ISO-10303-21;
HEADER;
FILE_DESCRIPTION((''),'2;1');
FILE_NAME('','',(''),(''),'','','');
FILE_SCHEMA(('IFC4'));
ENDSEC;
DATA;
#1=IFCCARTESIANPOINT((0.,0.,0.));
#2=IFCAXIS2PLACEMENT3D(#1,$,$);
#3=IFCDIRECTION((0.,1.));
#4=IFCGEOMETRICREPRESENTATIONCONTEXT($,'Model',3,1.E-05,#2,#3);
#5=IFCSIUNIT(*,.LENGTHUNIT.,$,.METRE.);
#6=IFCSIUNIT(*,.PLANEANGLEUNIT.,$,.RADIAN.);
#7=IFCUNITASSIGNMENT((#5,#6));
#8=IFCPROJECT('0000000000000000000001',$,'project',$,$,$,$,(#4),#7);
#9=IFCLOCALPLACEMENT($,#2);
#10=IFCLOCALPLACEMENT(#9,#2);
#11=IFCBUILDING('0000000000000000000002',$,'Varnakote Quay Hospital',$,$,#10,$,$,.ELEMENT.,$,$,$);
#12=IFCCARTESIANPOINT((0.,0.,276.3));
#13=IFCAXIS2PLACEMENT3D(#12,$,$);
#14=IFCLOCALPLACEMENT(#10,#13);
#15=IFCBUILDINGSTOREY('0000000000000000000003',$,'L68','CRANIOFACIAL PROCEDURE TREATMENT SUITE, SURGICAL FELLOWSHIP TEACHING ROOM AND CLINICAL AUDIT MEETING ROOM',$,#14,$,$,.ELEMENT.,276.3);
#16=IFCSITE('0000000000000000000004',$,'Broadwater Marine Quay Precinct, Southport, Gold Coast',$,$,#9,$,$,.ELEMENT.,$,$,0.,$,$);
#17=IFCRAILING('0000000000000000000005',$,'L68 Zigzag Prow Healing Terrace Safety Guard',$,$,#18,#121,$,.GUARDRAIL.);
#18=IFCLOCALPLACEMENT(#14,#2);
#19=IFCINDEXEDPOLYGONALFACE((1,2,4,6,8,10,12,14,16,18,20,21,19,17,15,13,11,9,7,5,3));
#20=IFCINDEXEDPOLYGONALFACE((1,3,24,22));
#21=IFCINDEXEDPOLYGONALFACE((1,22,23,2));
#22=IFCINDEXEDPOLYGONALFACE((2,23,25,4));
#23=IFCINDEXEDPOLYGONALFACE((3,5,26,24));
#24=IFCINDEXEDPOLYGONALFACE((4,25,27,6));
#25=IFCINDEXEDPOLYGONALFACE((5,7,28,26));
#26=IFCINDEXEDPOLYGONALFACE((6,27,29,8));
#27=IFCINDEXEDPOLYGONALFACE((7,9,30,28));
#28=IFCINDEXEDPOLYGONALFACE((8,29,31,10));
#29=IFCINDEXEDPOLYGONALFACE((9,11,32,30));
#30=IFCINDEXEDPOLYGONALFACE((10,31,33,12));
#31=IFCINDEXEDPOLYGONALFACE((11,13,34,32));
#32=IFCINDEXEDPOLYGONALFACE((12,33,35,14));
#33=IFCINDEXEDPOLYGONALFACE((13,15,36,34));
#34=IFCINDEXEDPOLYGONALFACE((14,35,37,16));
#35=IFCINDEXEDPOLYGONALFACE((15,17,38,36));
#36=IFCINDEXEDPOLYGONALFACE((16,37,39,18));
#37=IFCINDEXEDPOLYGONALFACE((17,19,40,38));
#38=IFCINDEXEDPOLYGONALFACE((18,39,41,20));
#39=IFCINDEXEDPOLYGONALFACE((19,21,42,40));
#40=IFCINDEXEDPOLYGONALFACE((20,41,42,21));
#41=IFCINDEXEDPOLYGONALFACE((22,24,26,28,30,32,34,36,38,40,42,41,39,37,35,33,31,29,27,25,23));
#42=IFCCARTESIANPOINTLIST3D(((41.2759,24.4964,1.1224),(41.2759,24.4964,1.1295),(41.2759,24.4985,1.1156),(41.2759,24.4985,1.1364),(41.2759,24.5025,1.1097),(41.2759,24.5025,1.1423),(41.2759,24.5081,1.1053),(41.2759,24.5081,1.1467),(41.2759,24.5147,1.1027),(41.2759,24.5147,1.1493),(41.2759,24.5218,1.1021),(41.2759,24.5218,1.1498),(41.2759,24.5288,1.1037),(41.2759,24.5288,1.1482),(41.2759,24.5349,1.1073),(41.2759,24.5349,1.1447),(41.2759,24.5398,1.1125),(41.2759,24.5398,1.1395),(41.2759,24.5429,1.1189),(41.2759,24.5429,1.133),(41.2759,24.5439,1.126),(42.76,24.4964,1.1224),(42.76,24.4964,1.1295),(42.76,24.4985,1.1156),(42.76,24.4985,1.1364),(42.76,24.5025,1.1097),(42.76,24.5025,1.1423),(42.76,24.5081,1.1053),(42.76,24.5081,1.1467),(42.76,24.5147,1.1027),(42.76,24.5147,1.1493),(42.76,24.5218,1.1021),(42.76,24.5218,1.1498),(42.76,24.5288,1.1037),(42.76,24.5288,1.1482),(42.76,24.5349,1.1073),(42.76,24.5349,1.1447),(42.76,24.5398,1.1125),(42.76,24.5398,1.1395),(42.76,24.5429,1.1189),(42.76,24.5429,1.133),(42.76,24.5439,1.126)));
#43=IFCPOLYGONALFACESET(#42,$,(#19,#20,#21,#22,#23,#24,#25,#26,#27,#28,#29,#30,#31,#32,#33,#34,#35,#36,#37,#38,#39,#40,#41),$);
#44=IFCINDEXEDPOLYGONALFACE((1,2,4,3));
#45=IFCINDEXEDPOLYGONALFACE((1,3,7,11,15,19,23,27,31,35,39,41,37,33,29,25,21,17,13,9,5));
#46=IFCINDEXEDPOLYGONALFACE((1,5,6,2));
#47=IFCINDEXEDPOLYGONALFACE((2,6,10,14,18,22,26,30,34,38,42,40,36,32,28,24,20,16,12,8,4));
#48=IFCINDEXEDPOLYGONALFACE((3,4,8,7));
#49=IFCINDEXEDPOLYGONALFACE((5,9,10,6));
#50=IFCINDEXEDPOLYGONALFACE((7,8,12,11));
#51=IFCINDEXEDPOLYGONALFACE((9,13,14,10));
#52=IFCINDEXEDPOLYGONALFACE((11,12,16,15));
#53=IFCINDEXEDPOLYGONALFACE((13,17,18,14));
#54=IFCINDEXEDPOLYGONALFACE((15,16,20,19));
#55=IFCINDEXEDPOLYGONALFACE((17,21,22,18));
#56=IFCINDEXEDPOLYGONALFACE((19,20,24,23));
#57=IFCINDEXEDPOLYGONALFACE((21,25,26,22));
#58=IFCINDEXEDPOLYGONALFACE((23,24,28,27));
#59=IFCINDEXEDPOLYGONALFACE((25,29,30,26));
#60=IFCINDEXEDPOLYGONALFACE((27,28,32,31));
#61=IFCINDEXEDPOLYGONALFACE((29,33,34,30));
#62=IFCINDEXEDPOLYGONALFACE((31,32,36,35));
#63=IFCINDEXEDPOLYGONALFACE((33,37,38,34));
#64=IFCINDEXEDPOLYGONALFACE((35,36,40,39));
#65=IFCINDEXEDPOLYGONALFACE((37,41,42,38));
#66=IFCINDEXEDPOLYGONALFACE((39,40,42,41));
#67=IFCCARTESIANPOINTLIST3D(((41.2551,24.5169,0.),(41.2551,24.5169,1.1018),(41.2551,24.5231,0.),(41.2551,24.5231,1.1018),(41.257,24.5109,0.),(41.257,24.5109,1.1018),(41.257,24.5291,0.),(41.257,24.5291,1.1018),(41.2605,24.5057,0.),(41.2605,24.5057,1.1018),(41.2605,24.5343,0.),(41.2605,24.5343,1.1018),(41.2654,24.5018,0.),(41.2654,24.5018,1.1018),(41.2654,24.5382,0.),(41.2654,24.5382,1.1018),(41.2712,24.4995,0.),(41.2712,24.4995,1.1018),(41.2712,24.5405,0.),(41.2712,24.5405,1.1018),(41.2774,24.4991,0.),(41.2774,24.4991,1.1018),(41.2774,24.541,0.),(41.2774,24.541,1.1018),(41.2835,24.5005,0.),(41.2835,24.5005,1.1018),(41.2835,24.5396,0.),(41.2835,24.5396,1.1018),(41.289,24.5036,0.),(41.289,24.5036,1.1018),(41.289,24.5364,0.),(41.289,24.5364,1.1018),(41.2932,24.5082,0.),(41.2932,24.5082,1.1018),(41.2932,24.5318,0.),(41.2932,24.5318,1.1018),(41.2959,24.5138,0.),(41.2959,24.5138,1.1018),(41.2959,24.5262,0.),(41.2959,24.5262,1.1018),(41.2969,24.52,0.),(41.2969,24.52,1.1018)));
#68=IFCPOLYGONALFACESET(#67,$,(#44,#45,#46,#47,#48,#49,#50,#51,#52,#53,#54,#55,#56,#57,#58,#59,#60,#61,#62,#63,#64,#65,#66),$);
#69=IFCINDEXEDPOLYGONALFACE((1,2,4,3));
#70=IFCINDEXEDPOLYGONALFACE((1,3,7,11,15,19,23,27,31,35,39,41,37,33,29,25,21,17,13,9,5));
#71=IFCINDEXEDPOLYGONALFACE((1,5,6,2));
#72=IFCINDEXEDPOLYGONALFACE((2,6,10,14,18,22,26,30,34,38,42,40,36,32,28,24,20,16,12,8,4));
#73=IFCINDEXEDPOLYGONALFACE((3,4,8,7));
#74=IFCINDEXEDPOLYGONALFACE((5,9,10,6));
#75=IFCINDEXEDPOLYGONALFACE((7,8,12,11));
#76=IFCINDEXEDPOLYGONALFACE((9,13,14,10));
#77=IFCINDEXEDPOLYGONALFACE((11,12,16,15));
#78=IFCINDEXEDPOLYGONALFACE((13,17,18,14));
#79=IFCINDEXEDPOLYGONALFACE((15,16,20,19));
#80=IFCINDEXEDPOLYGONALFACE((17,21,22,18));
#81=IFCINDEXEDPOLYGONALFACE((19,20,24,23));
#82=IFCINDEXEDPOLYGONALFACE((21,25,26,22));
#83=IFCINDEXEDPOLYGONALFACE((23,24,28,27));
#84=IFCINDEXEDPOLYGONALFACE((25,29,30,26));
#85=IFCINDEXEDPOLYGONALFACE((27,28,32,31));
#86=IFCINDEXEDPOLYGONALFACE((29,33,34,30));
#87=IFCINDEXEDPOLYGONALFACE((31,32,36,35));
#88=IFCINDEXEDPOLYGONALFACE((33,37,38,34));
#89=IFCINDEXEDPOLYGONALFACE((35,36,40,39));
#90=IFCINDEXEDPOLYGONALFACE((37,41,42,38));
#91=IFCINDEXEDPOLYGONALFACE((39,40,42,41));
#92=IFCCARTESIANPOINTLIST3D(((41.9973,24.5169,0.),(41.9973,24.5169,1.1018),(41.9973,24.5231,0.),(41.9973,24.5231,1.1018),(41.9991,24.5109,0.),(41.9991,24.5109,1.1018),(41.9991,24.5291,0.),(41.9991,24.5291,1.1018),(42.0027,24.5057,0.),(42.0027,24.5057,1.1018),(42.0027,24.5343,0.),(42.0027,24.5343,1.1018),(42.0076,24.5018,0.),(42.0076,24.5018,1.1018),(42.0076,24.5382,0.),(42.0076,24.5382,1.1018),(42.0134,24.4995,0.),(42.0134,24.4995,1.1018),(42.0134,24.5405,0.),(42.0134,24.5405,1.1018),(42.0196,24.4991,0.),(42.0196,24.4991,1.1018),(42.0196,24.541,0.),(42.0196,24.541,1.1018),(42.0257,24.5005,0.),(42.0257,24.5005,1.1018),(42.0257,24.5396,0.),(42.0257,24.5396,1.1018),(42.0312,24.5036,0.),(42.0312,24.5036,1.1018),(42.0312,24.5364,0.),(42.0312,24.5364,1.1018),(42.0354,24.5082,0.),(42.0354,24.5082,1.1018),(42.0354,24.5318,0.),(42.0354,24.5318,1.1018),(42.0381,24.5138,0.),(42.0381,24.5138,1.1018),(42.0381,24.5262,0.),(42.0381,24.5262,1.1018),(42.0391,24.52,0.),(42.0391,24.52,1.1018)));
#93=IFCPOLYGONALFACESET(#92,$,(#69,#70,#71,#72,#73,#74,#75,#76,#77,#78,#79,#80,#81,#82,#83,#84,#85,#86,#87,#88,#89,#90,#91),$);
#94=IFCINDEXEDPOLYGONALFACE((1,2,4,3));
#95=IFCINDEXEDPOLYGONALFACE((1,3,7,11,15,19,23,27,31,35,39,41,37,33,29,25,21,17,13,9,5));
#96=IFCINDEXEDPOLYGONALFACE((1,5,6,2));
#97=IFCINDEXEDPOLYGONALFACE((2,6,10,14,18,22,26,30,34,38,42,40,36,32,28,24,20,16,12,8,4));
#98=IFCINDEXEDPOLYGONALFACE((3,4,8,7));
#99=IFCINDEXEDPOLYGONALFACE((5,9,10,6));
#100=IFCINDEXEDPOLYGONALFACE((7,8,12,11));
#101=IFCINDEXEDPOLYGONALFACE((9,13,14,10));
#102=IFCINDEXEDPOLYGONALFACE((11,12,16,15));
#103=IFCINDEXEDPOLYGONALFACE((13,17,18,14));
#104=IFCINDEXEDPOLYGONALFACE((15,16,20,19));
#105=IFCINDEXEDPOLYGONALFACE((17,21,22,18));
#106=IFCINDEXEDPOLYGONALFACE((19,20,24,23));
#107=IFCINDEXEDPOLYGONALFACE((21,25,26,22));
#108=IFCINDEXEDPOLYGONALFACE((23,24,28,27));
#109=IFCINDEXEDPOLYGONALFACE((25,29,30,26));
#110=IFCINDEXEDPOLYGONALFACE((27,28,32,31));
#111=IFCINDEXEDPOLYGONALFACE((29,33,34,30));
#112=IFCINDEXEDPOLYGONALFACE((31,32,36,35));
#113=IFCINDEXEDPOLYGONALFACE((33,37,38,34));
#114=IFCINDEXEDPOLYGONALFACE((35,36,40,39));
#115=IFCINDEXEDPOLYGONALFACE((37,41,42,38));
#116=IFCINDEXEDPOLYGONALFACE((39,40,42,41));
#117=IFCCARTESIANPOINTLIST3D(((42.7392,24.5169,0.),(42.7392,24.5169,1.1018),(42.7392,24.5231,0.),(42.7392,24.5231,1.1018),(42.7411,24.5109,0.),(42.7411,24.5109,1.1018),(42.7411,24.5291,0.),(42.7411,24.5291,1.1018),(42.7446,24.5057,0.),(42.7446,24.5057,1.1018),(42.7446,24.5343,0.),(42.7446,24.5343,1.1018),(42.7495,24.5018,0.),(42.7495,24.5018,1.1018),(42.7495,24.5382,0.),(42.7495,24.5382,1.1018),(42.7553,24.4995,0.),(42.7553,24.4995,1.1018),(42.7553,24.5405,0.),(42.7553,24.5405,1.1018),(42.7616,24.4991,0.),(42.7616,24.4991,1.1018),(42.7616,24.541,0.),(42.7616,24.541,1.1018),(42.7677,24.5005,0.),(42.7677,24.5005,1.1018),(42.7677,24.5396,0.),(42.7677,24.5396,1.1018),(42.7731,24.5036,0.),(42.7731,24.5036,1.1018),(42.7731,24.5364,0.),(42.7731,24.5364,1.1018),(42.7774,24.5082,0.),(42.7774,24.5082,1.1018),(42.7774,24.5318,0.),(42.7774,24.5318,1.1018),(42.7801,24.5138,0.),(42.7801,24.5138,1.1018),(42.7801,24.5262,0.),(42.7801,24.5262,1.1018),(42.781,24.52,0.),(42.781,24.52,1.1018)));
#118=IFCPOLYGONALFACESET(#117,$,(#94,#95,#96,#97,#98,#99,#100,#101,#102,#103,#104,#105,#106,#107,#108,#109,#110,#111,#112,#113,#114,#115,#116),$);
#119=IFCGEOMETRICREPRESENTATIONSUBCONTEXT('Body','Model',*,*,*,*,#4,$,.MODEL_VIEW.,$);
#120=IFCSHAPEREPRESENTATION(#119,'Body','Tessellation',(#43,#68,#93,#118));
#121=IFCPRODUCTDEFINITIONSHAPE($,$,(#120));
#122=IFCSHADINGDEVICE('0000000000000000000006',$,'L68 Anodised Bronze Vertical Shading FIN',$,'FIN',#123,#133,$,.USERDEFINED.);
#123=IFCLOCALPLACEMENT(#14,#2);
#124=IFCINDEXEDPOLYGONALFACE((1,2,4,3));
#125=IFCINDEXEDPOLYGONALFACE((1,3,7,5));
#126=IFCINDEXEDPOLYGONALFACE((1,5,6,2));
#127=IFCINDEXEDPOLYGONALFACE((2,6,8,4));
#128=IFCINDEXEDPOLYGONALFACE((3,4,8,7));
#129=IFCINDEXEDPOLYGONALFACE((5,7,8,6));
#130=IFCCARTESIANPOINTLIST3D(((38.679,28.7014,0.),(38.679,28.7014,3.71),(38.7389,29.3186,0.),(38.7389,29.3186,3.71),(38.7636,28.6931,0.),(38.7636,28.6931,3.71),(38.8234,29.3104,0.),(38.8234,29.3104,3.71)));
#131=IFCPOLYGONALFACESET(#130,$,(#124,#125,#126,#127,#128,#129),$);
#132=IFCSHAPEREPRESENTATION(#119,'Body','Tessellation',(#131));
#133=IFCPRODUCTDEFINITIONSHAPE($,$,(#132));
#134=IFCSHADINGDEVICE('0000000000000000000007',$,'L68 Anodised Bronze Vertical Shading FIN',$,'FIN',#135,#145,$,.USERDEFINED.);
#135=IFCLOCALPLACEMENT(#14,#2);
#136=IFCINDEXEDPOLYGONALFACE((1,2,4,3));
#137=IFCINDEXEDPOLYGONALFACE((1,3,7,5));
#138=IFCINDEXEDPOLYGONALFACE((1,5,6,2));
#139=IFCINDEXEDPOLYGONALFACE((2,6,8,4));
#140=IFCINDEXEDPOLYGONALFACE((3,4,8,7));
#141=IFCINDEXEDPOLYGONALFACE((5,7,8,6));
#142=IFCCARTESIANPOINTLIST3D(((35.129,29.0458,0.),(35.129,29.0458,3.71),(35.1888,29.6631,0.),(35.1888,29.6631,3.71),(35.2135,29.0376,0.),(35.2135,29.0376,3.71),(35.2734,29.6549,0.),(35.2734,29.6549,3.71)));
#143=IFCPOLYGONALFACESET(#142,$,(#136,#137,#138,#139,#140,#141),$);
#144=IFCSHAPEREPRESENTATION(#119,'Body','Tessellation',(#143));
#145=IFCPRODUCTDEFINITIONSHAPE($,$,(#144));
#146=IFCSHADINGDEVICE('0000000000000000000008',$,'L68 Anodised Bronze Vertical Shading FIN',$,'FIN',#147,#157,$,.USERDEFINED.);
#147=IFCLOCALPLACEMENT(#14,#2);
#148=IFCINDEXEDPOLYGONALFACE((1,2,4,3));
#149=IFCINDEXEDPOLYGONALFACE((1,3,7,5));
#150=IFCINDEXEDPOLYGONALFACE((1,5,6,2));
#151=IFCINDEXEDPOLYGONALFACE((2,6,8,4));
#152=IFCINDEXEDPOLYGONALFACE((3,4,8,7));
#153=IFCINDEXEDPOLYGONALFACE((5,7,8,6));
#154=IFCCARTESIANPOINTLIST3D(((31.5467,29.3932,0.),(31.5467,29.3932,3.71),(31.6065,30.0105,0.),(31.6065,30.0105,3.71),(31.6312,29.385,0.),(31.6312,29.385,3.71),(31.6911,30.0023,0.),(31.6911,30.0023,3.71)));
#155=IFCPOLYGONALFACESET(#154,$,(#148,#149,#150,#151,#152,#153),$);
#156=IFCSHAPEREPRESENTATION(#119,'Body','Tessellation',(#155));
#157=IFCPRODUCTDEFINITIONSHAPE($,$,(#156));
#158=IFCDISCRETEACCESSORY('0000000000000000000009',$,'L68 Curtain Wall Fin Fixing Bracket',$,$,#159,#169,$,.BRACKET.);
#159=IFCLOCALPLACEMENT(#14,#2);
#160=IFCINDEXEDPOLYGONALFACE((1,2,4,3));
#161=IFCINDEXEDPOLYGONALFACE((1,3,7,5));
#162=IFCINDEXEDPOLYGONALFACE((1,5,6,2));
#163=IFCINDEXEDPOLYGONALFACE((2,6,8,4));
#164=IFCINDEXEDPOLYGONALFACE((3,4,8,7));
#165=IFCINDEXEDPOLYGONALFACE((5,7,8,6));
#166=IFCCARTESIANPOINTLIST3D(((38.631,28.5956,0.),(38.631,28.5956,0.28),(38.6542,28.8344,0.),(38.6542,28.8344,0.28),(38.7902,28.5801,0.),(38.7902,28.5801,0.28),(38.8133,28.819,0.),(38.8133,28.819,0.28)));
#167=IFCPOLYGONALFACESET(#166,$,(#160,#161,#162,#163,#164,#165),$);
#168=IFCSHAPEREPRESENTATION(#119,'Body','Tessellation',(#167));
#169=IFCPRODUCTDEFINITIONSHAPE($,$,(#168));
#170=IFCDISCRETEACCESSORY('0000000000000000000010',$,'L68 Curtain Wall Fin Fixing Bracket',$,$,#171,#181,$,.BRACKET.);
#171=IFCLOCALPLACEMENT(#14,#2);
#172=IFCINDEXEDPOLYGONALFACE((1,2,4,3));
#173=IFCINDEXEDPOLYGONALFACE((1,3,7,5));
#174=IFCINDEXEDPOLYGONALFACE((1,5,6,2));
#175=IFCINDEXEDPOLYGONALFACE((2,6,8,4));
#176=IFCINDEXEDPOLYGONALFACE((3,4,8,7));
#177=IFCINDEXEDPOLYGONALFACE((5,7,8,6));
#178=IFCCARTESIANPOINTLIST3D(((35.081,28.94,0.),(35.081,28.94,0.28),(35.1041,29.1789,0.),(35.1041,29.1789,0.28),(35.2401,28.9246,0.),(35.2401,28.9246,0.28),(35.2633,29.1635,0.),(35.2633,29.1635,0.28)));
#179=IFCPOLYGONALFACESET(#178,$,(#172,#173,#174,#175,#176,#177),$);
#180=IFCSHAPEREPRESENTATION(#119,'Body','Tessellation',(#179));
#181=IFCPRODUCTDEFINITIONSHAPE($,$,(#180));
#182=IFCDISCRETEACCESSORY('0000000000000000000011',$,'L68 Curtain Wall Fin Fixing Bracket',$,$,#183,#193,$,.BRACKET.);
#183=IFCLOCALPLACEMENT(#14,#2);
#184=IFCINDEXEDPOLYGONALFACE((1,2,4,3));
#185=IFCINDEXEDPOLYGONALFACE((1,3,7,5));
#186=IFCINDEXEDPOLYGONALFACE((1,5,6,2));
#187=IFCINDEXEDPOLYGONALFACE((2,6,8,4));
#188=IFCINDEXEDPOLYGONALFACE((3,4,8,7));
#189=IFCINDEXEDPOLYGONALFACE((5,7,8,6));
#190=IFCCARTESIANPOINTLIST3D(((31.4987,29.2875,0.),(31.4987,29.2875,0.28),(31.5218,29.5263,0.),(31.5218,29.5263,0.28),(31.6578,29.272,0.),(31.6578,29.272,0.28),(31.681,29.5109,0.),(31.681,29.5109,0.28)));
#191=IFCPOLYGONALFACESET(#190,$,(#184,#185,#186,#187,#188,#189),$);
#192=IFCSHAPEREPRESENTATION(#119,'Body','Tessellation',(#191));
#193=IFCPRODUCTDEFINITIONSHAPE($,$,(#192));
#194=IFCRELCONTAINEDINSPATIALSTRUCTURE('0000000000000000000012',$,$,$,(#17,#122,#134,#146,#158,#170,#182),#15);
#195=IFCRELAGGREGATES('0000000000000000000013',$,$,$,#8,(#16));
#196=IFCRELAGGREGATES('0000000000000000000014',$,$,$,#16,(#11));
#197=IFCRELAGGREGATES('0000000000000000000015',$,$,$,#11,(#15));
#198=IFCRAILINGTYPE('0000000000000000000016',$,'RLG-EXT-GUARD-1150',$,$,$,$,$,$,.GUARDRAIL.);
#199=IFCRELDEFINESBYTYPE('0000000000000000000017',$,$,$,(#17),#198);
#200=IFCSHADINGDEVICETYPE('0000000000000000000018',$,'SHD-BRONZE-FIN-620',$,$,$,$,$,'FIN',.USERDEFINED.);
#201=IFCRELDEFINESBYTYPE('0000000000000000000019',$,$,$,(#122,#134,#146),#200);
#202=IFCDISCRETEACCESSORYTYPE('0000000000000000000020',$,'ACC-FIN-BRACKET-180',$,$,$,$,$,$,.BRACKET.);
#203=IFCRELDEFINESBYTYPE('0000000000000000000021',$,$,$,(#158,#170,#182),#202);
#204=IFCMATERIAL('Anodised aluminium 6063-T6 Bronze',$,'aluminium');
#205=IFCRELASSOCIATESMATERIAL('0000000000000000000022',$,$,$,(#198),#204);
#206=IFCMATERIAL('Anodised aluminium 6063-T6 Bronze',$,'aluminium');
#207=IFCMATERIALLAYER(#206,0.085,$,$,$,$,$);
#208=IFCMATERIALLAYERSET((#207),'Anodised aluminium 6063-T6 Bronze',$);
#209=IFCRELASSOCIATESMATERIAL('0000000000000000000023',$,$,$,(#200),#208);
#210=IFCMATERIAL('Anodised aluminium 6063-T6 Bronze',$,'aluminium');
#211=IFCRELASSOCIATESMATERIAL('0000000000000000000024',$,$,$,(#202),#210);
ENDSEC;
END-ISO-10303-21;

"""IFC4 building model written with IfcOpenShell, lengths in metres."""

from ifc_helpers import new_model, si_unit, direction, frame, origin, origin_2d, place, context, subcontext, project, spatial, rectangle, circle, extrude, material, layer, layer_set, type_object, element, save


model = new_model("IFC4")

# Units and contexts
model_context = context("Model", 3, precision=1e-05, world=origin(), true_north=direction((0.0, 1.0)))
body_context = subcontext(model_context, "Body", "Model", "MODEL_VIEW")
ifc_project = project(units=[si_unit("LENGTHUNIT", "METRE"), si_unit("PLANEANGLEUNIT", "RADIAN")], contexts=[model_context])

# Site, building, storey
site_placement = place(None, origin())
site = spatial("IfcSite", under=ifc_project, at=site_placement, Name="Broadwater Marine Quay Precinct, Southport, Gold Coast", CompositionType="ELEMENT", RefElevation=0.0)
building_placement = place(site_placement, origin())
building = spatial("IfcBuilding", under=site, at=building_placement, Name="Varnakote Quay Hospital", CompositionType="ELEMENT")
storey_placement = place(building_placement, frame((0.0, 0.0, 276.3)))
storey = spatial("IfcBuildingStorey", under=building, at=storey_placement, Name="L68", Description="CRANIOFACIAL PROCEDURE TREATMENT SUITE, SURGICAL FELLOWSHIP TEACHING ROOM AND CLINICAL AUDIT MEETING ROOM", CompositionType="ELEMENT", Elevation=276.3)

# Railing
ifc_material_1 = material(Name="Anodised aluminium 6063-T6 Bronze", Category="aluminium")
railing_type = type_object("IfcRailingType", Name="RLG-EXT-GUARD-1150", PredefinedType="GUARDRAIL", material=ifc_material_1)
railing_1_placement = place(storey_placement, frame((41.2759, 24.52, 0.0)))
element("IfcRailing", 1, at=railing_1_placement, inside=storey, type_object=railing_type, Name="L68 Zigzag Prow Healing Terrace Safety Guard", PredefinedType="GUARDRAIL", context=body_context, shape_type="SweptSolid", body=[
    extrude(circle(Radius=0.0239, at=origin_2d()), frame((0.0, 0.0, 1.126), z_axis=(1.0, 0.0, 0.0), x_axis=(0.0, 1.0, 0.0)), (0.0, 0.0, 1.0), 1.4841),
    extrude(circle(Radius=0.021, at=origin_2d()), origin(), (0.0, 0.0, 1.0), 1.1018),
    extrude(circle(Radius=0.021, at=origin_2d()), frame((0.7422, 0.0, 0.0)), (0.0, 0.0, 1.0), 1.1018),
    extrude(circle(Radius=0.021, at=origin_2d()), frame((1.4841, 0.0, 0.0)), (0.0, 0.0, 1.0), 1.1018),
])

# Shading devices
ifc_material_2 = material(Name="Anodised aluminium 6063-T6 Bronze", Category="aluminium")
ifc_layer_1 = layer(ifc_material_2, 0.085)
ifc_layer_set_1 = layer_set([ifc_layer_1], Name="Anodised aluminium 6063-T6 Bronze")
shading_device_type = type_object("IfcShadingDeviceType", Name="SHD-BRONZE-FIN-620", ElementType="FIN", PredefinedType="USERDEFINED", material=ifc_layer_set_1)
for number, where, z_axis, x_axis, name in (
    (2, (38.7512, 29.0059, 0.0), (0.0, 0.0, 1.0), (-0.096541, -0.995329, 0.0), "L68 Anodised Bronze Vertical Shading FIN"),
    (3, (35.2012, 29.3503, 0.0), (0.0, 0.0, 1.0), (-0.096541, -0.995329, 0.0), "L68 Anodised Bronze Vertical Shading FIN"),
    (4, (31.6189, 29.6978, 0.0), (0.0, 0.0, 1.0), (-0.096541, -0.995329, 0.0), "L68 Anodised Bronze Vertical Shading FIN"),
):
    element("IfcShadingDevice", number, at=place(storey_placement, frame(where, z_axis=z_axis, x_axis=x_axis)), inside=storey, type_object=shading_device_type, Name=name, ObjectType="FIN", PredefinedType="USERDEFINED", context=body_context, shape_type="SweptSolid", body=[
        extrude(rectangle(XDim=0.6201, YDim=0.085, at=origin_2d()), origin(), (0.0, 0.0, 1.0), 3.71),
    ])

# Discrete accessories
ifc_material_3 = material(Name="Anodised aluminium 6063-T6 Bronze", Category="aluminium")
discrete_accessory_type = type_object("IfcDiscreteAccessoryType", Name="ACC-FIN-BRACKET-180", PredefinedType="BRACKET", material=ifc_material_3)
for number, where, z_axis, x_axis, name in (
    (5, (38.7222, 28.7073, 0.0), (0.0, 0.0, 1.0), (-0.995329, 0.096541, 0.0), "L68 Curtain Wall Fin Fixing Bracket"),
    (6, (35.1721, 29.0518, 0.0), (0.0, 0.0, 1.0), (-0.995329, 0.096541, 0.0), "L68 Curtain Wall Fin Fixing Bracket"),
    (7, (31.5898, 29.3992, 0.0), (0.0, 0.0, 1.0), (-0.995329, 0.096541, 0.0), "L68 Curtain Wall Fin Fixing Bracket"),
):
    element("IfcDiscreteAccessory", number, at=place(storey_placement, frame(where, z_axis=z_axis, x_axis=x_axis)), inside=storey, type_object=discrete_accessory_type, Name=name, PredefinedType="BRACKET", context=body_context, shape_type="SweptSolid", body=[
        extrude(rectangle(XDim=0.1599, YDim=0.24, at=origin_2d()), origin(), (0.0, 0.0, 1.0), 0.28),
    ])

save(model, "model.ifc")
